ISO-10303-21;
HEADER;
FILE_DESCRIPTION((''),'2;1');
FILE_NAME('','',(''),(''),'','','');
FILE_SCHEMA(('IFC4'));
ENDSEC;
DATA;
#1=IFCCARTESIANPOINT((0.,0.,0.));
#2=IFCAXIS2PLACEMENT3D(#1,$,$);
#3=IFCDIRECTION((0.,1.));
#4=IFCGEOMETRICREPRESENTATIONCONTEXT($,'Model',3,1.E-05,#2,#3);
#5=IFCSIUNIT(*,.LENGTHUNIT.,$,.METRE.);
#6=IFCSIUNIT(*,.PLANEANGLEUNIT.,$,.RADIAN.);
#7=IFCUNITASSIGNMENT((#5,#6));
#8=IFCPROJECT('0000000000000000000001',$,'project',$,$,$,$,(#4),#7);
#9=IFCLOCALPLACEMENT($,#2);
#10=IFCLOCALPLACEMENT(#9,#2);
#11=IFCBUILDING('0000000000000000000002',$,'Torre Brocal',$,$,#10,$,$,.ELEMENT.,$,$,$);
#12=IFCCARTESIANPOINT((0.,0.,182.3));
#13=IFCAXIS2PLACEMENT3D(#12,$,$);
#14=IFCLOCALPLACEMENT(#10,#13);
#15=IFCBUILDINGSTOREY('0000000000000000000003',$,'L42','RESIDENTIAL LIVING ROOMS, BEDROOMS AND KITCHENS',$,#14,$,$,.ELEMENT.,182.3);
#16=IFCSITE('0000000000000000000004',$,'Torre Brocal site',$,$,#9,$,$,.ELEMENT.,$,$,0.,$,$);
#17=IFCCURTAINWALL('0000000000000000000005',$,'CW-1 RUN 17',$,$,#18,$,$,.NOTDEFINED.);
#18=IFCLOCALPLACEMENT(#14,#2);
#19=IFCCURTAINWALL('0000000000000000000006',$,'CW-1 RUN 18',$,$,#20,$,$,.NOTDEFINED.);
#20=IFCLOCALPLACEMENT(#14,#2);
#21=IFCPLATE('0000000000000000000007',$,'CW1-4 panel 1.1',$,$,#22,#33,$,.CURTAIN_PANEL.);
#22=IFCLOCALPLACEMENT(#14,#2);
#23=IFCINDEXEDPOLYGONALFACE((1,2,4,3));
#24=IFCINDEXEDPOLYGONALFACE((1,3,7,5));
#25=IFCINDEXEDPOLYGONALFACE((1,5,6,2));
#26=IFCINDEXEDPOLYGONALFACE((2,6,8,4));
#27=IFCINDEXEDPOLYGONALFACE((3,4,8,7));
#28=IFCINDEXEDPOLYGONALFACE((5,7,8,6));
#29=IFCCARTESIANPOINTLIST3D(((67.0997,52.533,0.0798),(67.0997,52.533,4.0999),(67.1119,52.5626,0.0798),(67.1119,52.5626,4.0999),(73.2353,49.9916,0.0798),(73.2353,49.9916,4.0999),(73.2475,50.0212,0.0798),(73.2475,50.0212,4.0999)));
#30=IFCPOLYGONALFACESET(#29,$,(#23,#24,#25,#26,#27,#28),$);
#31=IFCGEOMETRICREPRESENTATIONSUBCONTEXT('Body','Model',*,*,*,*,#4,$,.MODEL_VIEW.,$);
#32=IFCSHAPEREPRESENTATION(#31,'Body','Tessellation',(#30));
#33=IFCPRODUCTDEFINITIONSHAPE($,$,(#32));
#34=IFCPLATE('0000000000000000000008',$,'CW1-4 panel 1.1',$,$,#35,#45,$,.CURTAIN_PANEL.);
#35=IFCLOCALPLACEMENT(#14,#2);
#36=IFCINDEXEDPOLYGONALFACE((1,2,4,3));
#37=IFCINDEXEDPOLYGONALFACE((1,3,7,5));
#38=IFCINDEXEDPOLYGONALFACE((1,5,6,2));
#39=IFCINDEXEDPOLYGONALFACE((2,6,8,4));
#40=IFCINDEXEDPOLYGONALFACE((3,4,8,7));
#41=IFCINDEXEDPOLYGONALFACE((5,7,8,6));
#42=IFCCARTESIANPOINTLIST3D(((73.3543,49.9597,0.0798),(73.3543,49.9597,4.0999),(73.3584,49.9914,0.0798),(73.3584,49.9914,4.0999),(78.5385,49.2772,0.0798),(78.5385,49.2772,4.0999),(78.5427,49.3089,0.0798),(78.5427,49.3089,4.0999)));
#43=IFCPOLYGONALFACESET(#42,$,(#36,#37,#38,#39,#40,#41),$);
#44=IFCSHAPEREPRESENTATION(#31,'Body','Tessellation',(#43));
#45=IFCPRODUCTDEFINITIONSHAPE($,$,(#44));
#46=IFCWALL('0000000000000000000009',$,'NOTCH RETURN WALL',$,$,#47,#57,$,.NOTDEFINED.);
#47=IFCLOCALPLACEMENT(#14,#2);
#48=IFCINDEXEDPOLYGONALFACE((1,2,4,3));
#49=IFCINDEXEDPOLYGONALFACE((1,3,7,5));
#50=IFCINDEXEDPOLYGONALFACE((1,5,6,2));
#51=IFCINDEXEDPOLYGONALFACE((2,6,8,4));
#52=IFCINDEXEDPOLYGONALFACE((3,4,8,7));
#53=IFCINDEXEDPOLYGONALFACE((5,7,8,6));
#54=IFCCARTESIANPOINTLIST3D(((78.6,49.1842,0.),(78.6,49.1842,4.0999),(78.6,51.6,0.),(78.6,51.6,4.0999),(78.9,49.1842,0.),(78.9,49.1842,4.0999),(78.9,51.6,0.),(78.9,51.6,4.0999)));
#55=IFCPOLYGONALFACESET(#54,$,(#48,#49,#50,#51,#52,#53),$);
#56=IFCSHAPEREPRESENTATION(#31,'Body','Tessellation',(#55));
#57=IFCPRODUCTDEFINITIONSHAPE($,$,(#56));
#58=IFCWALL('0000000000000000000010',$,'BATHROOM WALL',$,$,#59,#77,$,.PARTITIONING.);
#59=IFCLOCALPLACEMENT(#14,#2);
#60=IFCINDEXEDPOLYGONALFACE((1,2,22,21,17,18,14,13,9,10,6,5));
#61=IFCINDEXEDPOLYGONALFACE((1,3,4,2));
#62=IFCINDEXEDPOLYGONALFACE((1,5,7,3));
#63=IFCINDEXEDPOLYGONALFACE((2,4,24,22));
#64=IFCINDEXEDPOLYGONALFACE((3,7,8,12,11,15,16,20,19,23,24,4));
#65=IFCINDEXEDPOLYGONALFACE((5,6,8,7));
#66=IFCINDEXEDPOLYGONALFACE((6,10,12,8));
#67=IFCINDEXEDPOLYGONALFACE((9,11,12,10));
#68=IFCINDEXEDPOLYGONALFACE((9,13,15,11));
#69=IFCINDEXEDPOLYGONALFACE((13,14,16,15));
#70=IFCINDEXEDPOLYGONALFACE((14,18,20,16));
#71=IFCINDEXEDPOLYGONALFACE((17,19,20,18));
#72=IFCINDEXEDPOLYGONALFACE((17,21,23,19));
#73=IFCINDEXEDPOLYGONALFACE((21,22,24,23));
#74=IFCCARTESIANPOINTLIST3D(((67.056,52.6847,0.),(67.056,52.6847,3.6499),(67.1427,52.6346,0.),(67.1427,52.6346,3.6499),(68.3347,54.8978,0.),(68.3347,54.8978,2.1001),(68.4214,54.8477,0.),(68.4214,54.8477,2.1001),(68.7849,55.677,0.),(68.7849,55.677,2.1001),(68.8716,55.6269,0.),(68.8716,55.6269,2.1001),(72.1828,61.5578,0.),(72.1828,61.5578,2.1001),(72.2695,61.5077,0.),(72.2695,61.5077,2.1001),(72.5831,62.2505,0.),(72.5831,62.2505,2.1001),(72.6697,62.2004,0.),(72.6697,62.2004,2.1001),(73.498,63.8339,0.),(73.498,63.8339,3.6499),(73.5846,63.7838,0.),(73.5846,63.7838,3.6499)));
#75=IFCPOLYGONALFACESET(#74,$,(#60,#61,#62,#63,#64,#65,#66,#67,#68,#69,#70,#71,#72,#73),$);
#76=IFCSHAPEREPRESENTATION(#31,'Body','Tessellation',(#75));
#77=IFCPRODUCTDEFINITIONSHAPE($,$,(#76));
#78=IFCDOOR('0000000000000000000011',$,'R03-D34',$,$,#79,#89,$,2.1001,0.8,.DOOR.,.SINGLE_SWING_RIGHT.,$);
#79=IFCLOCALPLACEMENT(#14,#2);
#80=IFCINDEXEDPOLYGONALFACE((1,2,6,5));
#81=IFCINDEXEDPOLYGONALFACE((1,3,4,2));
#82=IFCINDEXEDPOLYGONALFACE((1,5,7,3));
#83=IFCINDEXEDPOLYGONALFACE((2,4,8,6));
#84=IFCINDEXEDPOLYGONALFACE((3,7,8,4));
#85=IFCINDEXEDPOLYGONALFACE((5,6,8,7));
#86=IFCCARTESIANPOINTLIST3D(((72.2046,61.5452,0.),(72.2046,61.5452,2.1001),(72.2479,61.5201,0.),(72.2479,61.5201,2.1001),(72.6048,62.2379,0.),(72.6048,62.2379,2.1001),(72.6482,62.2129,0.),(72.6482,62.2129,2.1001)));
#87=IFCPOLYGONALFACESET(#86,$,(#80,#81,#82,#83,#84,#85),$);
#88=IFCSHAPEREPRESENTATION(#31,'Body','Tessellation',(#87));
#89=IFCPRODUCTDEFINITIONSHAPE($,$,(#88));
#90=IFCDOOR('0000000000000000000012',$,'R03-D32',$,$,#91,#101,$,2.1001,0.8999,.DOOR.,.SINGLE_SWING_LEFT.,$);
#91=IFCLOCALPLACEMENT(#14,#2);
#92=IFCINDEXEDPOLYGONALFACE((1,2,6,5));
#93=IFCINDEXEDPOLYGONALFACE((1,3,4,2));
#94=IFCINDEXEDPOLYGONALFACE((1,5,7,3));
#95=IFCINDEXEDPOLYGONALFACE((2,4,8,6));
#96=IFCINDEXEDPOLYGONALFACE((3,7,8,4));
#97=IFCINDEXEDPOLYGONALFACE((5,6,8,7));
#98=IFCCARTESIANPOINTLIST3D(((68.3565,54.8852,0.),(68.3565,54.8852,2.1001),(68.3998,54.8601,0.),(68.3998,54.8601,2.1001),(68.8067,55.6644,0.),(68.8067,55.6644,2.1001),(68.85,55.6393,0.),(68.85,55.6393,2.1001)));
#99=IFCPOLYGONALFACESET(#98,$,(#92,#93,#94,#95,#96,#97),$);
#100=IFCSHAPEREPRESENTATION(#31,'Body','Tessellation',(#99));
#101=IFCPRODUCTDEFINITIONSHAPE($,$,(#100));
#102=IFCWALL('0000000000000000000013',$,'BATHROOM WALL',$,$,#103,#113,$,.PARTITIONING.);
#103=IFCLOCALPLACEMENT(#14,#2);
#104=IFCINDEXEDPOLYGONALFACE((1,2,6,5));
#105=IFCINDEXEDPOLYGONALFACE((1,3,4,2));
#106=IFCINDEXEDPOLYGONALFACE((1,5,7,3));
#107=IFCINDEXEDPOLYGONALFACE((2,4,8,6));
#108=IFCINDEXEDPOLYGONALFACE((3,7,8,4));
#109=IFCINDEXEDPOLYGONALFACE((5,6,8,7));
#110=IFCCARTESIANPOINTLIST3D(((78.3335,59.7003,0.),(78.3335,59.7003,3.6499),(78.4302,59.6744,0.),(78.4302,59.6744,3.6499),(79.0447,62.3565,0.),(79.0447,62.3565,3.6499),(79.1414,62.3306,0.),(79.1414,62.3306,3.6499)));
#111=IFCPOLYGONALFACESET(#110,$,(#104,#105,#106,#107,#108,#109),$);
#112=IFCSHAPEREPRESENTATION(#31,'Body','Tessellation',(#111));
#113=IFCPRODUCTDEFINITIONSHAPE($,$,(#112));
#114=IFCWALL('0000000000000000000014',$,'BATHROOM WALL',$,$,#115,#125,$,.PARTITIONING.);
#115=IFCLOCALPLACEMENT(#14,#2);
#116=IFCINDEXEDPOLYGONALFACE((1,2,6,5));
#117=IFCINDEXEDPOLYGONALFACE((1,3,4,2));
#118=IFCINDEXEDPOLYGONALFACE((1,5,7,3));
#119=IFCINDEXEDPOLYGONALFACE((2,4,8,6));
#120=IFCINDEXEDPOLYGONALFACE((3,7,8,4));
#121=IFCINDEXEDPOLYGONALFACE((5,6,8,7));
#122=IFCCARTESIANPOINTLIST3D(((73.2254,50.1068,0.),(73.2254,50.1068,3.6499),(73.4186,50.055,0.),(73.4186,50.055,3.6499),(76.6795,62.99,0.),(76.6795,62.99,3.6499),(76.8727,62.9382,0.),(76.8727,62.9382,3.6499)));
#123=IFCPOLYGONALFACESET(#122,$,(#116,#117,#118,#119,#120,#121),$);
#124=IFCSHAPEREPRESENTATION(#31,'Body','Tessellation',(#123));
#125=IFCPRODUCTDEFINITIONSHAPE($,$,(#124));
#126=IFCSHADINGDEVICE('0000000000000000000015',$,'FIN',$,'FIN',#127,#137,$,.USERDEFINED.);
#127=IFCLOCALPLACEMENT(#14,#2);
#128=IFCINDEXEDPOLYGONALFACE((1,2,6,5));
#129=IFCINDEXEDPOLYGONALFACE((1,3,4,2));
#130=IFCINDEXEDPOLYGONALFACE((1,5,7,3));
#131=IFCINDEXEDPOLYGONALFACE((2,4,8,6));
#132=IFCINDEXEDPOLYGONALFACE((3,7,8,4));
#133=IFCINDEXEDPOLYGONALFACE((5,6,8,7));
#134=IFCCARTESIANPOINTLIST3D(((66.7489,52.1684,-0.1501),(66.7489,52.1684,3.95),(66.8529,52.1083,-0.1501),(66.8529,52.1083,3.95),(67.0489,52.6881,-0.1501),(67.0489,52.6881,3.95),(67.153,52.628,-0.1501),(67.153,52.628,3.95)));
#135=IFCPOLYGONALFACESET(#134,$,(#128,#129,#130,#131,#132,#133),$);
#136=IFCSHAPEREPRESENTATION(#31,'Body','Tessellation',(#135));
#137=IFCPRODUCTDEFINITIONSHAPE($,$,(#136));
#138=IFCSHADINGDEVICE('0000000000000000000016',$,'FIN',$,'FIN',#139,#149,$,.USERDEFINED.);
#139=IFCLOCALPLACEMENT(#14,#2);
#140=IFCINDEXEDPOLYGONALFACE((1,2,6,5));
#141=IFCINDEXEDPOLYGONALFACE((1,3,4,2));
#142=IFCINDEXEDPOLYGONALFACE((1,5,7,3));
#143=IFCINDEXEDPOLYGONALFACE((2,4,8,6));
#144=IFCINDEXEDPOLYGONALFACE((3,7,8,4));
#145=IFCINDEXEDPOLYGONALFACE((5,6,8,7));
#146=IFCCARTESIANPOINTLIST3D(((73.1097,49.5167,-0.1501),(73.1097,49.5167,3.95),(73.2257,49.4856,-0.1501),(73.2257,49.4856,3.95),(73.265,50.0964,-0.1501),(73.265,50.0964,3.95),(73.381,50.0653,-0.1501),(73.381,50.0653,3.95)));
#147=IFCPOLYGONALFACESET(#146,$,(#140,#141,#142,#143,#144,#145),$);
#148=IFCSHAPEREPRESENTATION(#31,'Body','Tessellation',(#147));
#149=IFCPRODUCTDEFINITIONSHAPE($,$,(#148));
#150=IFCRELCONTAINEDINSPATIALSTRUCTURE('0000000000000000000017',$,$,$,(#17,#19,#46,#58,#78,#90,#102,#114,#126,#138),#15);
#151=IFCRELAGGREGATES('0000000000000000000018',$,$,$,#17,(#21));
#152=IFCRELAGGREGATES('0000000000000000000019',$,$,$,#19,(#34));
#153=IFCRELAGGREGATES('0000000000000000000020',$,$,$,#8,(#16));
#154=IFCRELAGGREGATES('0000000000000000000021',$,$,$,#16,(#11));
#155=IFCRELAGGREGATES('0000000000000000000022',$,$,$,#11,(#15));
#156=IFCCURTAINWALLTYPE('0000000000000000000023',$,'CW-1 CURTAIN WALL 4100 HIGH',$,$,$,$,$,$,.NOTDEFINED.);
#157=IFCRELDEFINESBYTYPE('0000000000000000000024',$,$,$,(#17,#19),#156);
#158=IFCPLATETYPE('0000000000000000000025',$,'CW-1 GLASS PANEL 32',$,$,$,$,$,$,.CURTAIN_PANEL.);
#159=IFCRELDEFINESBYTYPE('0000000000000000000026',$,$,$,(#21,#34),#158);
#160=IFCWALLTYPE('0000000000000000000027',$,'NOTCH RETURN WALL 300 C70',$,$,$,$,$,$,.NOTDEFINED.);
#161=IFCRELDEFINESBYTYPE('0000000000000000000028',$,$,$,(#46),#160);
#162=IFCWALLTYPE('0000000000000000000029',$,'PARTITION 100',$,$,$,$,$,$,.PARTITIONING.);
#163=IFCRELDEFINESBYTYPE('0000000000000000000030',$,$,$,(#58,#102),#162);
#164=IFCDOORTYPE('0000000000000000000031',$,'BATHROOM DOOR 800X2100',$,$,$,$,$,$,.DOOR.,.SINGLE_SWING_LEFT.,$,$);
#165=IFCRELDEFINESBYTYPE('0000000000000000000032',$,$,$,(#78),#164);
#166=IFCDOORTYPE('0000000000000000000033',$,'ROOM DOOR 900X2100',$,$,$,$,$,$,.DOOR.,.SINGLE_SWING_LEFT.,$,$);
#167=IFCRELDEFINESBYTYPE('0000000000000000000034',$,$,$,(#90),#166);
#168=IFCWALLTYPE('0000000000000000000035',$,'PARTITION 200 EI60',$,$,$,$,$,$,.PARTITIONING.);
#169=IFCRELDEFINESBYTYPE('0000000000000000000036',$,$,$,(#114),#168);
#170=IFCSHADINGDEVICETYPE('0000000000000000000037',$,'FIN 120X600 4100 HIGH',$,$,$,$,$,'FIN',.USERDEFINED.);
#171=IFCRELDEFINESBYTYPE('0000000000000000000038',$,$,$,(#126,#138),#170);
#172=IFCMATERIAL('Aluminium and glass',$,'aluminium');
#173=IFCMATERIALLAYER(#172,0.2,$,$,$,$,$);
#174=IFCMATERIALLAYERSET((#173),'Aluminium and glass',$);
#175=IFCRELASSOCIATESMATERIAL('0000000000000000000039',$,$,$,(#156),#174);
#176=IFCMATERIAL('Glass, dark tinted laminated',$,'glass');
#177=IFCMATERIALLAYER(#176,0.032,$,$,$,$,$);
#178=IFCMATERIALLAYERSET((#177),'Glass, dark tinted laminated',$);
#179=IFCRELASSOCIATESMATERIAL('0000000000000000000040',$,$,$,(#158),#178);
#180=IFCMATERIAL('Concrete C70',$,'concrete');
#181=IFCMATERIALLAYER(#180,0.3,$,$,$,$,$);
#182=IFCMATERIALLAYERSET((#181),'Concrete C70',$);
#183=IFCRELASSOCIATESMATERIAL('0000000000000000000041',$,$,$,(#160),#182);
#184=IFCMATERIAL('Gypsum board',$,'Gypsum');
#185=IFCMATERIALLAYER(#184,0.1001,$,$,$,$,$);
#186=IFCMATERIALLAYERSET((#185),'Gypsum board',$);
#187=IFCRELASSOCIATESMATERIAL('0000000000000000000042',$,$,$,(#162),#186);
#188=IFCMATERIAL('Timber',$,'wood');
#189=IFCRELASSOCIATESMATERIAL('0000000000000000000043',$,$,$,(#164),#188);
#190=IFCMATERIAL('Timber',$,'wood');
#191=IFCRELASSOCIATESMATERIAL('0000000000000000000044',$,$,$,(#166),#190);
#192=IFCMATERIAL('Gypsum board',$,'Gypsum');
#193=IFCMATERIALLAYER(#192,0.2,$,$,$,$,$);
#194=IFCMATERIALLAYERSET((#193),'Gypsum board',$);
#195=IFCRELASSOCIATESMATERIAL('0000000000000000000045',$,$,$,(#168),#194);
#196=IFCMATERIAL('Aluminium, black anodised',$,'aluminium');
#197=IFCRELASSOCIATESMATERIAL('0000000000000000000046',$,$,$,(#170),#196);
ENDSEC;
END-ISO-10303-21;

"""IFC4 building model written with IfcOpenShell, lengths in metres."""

from ifc_helpers import new_model, si_unit, direction, frame, frame_2d, origin, origin_2d, place, context, subcontext, project, spatial, rectangle, extrude, material, layer, layer_set, material_profile, profile_set, type_object, element, fill, aggregate, save


model = new_model("IFC4")

# Units and contexts
model_context = context("Model", 3, precision=1e-05, world=origin(), true_north=direction((0.0, 1.0)))
body_context = subcontext(model_context, "Body", "Model", "MODEL_VIEW")
ifc_project = project(units=[si_unit("LENGTHUNIT", "METRE"), si_unit("PLANEANGLEUNIT", "RADIAN")], contexts=[model_context])

# Site, building, storey
site_placement = place(None, origin())
site = spatial("IfcSite", under=ifc_project, at=site_placement, Name="Torre Brocal site", CompositionType="ELEMENT", RefElevation=0.0)
building_placement = place(site_placement, origin())
building = spatial("IfcBuilding", under=site, at=building_placement, Name="Torre Brocal", CompositionType="ELEMENT")
storey_placement = place(building_placement, frame((0.0, 0.0, 182.3)))
storey = spatial("IfcBuildingStorey", under=building, at=storey_placement, Name="L42", Description="RESIDENTIAL LIVING ROOMS, BEDROOMS AND KITCHENS", CompositionType="ELEMENT", Elevation=182.3)

# Shared definitions
ifc_material_1 = material(Name="Aluminium and glass", Category="aluminium")
ifc_layer_1 = layer(ifc_material_1, 0.2)
ifc_layer_set_1 = layer_set([ifc_layer_1], Name="Aluminium and glass")
curtain_wall_type = type_object("IfcCurtainWallType", Name="CW-1 CURTAIN WALL 4100 HIGH", PredefinedType="NOTDEFINED", material=ifc_layer_set_1)

# Curtain walls
curtain_wall_1_placement = place(storey_placement, origin())
curtain_wall_1 = element("IfcCurtainWall", 1, at=curtain_wall_1_placement, inside=storey, type_object=curtain_wall_type, Name="CW-1 RUN 17", PredefinedType="NOTDEFINED")
curtain_wall_2_placement = place(storey_placement, origin())
curtain_wall_2 = element("IfcCurtainWall", 2, at=curtain_wall_2_placement, inside=storey, type_object=curtain_wall_type, Name="CW-1 RUN 18", PredefinedType="NOTDEFINED")

# Plates
ifc_material_2 = material(Name="Glass, dark tinted laminated", Category="glass")
ifc_layer_2 = layer(ifc_material_2, 0.032)
ifc_layer_set_2 = layer_set([ifc_layer_2], Name="Glass, dark tinted laminated")
plate_type = type_object("IfcPlateType", Name="CW-1 GLASS PANEL 32", PredefinedType="CURTAIN_PANEL", material=ifc_layer_set_2)
plate_1_placement = place(storey_placement, frame((70.1736, 51.2771, 0.0798), z_axis=(0.0, 0.0, 1.0), x_axis=(0.92388, -0.382683, 0.0)))
plate_1 = element("IfcPlate", 3, at=plate_1_placement, type_object=plate_type, Name="CW1-4 panel 1.1", PredefinedType="CURTAIN_PANEL", context=body_context, shape_type="SweptSolid", body=[
    extrude(rectangle(XDim=6.6411, YDim=0.032, at=origin_2d()), origin(), (0.0, 0.0, 1.0), 4.02),
])
aggregate(curtain_wall_1, [plate_1])
plate_2_placement = place(storey_placement, frame((75.9485, 49.6343, 0.0798), z_axis=(0.0, 0.0, 1.0), x_axis=(0.991445, -0.130526, 0.0)))
plate_2 = element("IfcPlate", 4, at=plate_2_placement, type_object=plate_type, Name="CW1-4 panel 1.1", PredefinedType="CURTAIN_PANEL", context=body_context, shape_type="SweptSolid", body=[
    extrude(rectangle(XDim=5.229, YDim=0.032, at=origin_2d()), origin(), (0.0, 0.0, 1.0), 4.02),
])
aggregate(curtain_wall_2, [plate_2])

# Wall
ifc_material_3 = material(Name="Concrete C70", Category="concrete")
ifc_layer_3 = layer(ifc_material_3, 0.3)
ifc_layer_set_3 = layer_set([ifc_layer_3], Name="Concrete C70")
wall_type_1 = type_object("IfcWallType", Name="NOTCH RETURN WALL 300 C70", PredefinedType="NOTDEFINED", material=ifc_layer_set_3)
wall_1_placement = place(storey_placement, frame((78.75, 51.6001, 0.0), z_axis=(0.0, 0.0, 1.0), x_axis=(0.0, -1.0, 0.0)))
element("IfcWall", 5, at=wall_1_placement, inside=storey, type_object=wall_type_1, Name="NOTCH RETURN WALL", PredefinedType="NOTDEFINED", context=body_context, shape_type="SweptSolid", body=[
    extrude(rectangle(XDim=2.4158, YDim=0.3, at=frame_2d((1.208, 0.0))), origin(), (0.0, 0.0, 1.0), 4.0999),
])

# Wall, openings, doors
ifc_material_4 = material(Name="Gypsum board", Category="Gypsum")
ifc_layer_4 = layer(ifc_material_4, 0.1001)
ifc_layer_set_4 = layer_set([ifc_layer_4], Name="Gypsum board")
wall_type_2 = type_object("IfcWallType", Name="PARTITION 100", PredefinedType="PARTITIONING", material=ifc_layer_set_4)
wall_2_placement = place(storey_placement, frame((67.0994, 52.6597, 0.0), z_axis=(0.0, 0.0, 1.0), x_axis=(0.500286, 0.86586, 0.0)))
wall_2 = element("IfcWall", 6, at=wall_2_placement, inside=storey, type_object=wall_type_2, Name="BATHROOM WALL", PredefinedType="PARTITIONING", context=body_context, shape_type="SweptSolid", body=[
    extrude(rectangle(XDim=12.8765, YDim=0.1001, at=frame_2d((6.4382, 0.0))), origin(), (0.0, 0.0, 1.0), 3.6499),
])
opening_1_placement = place(wall_2_placement, frame((2.5559, 0.0, 0.0)))
opening_1 = element("IfcOpeningElement", 7, at=opening_1_placement, cuts=wall_2, PredefinedType="OPENING", context=body_context, shape_type="SweptSolid", body=[
    extrude(rectangle(XDim=0.8999, YDim=2.1001, at=frame_2d((0.45, 1.05))), frame((0.0, 0.0601, 0.0), z_axis=(0.0, -1.0, 0.0), x_axis=(1.0, 0.0, 0.0)), (0.0, 0.0, 1.0), 0.1201),
])
opening_2_placement = place(wall_2_placement, frame((10.2478, 0.0, 0.0)))
opening_2 = element("IfcOpeningElement", 8, at=opening_2_placement, cuts=wall_2, PredefinedType="OPENING", context=body_context, shape_type="SweptSolid", body=[
    extrude(rectangle(XDim=0.8, YDim=2.1001, at=frame_2d((0.3999, 1.05))), frame((0.0, 0.0601, 0.0), z_axis=(0.0, -1.0, 0.0), x_axis=(1.0, 0.0, 0.0)), (0.0, 0.0, 1.0), 0.1201),
])
ifc_material_5 = material(Name="Timber", Category="wood")
door_type_1 = type_object("IfcDoorType", Name="BATHROOM DOOR 800X2100", OperationType="SINGLE_SWING_LEFT", PredefinedType="DOOR", material=ifc_material_5)
door_1_placement = place(opening_2_placement, origin())
door_1 = element("IfcDoor", 9, at=door_1_placement, inside=storey, type_object=door_type_1, Name="R03-D34", OperationType="SINGLE_SWING_RIGHT", OverallHeight=2.1001, OverallWidth=0.8, PredefinedType="DOOR", context=body_context, shape_type="SweptSolid", body=[
    extrude(rectangle(XDim=0.8, YDim=2.1001, at=frame_2d((0.3999, 1.05))), frame((0.0, 0.0249, 0.0), z_axis=(0.0, -1.0, 0.0), x_axis=(1.0, 0.0, 0.0)), (0.0, 0.0, 1.0), 0.05),
])
fill(opening_2, door_1)
ifc_material_6 = material(Name="Timber", Category="wood")
door_type_2 = type_object("IfcDoorType", Name="ROOM DOOR 900X2100", OperationType="SINGLE_SWING_LEFT", PredefinedType="DOOR", material=ifc_material_6)
door_2_placement = place(opening_1_placement, origin())
door_2 = element("IfcDoor", 10, at=door_2_placement, inside=storey, type_object=door_type_2, Name="R03-D32", OperationType="SINGLE_SWING_LEFT", OverallHeight=2.1001, OverallWidth=0.8999, PredefinedType="DOOR", context=body_context, shape_type="SweptSolid", body=[
    extrude(rectangle(XDim=0.8999, YDim=2.1001, at=frame_2d((0.45, 1.05))), frame((0.0, 0.0249, 0.0), z_axis=(0.0, -1.0, 0.0), x_axis=(1.0, 0.0, 0.0)), (0.0, 0.0, 1.0), 0.05),
])
fill(opening_1, door_2)

# Walls
wall_3_placement = place(storey_placement, frame((78.3818, 59.6873, 0.0), z_axis=(0.0, 0.0, 1.0), x_axis=(0.25863, 0.965977, 0.0)))
element("IfcWall", 11, at=wall_3_placement, inside=storey, type_object=wall_type_2, Name="BATHROOM WALL", PredefinedType="PARTITIONING", context=body_context, shape_type="SweptSolid", body=[
    extrude(rectangle(XDim=2.7498, YDim=0.1001, at=frame_2d((1.375, 0.0))), origin(), (0.0, 0.0, 1.0), 3.6499),
])
ifc_material_7 = material(Name="Gypsum board", Category="Gypsum")
ifc_layer_5 = layer(ifc_material_7, 0.2)
ifc_layer_set_5 = layer_set([ifc_layer_5], Name="Gypsum board")
wall_type_3 = type_object("IfcWallType", Name="PARTITION 200 EI60", PredefinedType="PARTITIONING", material=ifc_layer_set_5)
wall_4_placement = place(storey_placement, frame((73.322, 50.0811, 0.0), z_axis=(0.0, 0.0, 1.0), x_axis=(0.258966, 0.965887, 0.0)))
element("IfcWall", 12, at=wall_4_placement, inside=storey, type_object=wall_type_3, Name="BATHROOM WALL", PredefinedType="PARTITIONING", context=body_context, shape_type="SweptSolid", body=[
    extrude(rectangle(XDim=13.3381, YDim=0.2, at=frame_2d((6.6689, 0.0))), origin(), (0.0, 0.0, 1.0), 3.6499),
])

# Shading devices
ifc_material_8 = material(Name="Aluminium, black anodised", Category="aluminium")
ifc_material_profile_1 = material_profile(ifc_material_8, rectangle(XDim=0.1201, YDim=0.6001, at=origin_2d()), Name="FIN 120X600 4100 HIGH")
ifc_profile_set_1 = profile_set([ifc_material_profile_1], Name="Aluminium, black anodised")
shading_device_type = type_object("IfcShadingDeviceType", Name="FIN 120X600 4100 HIGH", ElementType="FIN", PredefinedType="USERDEFINED", material=ifc_profile_set_1)
for number, where, z_axis, x_axis, name in (
    (13, (66.9509, 52.3982, -0.1501), (0.0, 0.0, 1.0), (0.866025, -0.5, 0.0), "FIN"),
    (14, (73.2454, 49.791, -0.1501), (0.0, 0.0, 1.0), (0.965926, -0.258819, 0.0), "FIN"),
):
    element("IfcShadingDevice", number, at=place(storey_placement, frame(where, z_axis=z_axis, x_axis=x_axis)), inside=storey, type_object=shading_device_type, Name=name, ObjectType="FIN", PredefinedType="USERDEFINED", context=body_context, shape_type="SweptSolid", body=[
        extrude(rectangle(XDim=0.1201, YDim=0.6001, at=origin_2d()), origin(), (0.0, 0.0, 1.0), 4.1001),
    ])

save(model, "model.ifc")
